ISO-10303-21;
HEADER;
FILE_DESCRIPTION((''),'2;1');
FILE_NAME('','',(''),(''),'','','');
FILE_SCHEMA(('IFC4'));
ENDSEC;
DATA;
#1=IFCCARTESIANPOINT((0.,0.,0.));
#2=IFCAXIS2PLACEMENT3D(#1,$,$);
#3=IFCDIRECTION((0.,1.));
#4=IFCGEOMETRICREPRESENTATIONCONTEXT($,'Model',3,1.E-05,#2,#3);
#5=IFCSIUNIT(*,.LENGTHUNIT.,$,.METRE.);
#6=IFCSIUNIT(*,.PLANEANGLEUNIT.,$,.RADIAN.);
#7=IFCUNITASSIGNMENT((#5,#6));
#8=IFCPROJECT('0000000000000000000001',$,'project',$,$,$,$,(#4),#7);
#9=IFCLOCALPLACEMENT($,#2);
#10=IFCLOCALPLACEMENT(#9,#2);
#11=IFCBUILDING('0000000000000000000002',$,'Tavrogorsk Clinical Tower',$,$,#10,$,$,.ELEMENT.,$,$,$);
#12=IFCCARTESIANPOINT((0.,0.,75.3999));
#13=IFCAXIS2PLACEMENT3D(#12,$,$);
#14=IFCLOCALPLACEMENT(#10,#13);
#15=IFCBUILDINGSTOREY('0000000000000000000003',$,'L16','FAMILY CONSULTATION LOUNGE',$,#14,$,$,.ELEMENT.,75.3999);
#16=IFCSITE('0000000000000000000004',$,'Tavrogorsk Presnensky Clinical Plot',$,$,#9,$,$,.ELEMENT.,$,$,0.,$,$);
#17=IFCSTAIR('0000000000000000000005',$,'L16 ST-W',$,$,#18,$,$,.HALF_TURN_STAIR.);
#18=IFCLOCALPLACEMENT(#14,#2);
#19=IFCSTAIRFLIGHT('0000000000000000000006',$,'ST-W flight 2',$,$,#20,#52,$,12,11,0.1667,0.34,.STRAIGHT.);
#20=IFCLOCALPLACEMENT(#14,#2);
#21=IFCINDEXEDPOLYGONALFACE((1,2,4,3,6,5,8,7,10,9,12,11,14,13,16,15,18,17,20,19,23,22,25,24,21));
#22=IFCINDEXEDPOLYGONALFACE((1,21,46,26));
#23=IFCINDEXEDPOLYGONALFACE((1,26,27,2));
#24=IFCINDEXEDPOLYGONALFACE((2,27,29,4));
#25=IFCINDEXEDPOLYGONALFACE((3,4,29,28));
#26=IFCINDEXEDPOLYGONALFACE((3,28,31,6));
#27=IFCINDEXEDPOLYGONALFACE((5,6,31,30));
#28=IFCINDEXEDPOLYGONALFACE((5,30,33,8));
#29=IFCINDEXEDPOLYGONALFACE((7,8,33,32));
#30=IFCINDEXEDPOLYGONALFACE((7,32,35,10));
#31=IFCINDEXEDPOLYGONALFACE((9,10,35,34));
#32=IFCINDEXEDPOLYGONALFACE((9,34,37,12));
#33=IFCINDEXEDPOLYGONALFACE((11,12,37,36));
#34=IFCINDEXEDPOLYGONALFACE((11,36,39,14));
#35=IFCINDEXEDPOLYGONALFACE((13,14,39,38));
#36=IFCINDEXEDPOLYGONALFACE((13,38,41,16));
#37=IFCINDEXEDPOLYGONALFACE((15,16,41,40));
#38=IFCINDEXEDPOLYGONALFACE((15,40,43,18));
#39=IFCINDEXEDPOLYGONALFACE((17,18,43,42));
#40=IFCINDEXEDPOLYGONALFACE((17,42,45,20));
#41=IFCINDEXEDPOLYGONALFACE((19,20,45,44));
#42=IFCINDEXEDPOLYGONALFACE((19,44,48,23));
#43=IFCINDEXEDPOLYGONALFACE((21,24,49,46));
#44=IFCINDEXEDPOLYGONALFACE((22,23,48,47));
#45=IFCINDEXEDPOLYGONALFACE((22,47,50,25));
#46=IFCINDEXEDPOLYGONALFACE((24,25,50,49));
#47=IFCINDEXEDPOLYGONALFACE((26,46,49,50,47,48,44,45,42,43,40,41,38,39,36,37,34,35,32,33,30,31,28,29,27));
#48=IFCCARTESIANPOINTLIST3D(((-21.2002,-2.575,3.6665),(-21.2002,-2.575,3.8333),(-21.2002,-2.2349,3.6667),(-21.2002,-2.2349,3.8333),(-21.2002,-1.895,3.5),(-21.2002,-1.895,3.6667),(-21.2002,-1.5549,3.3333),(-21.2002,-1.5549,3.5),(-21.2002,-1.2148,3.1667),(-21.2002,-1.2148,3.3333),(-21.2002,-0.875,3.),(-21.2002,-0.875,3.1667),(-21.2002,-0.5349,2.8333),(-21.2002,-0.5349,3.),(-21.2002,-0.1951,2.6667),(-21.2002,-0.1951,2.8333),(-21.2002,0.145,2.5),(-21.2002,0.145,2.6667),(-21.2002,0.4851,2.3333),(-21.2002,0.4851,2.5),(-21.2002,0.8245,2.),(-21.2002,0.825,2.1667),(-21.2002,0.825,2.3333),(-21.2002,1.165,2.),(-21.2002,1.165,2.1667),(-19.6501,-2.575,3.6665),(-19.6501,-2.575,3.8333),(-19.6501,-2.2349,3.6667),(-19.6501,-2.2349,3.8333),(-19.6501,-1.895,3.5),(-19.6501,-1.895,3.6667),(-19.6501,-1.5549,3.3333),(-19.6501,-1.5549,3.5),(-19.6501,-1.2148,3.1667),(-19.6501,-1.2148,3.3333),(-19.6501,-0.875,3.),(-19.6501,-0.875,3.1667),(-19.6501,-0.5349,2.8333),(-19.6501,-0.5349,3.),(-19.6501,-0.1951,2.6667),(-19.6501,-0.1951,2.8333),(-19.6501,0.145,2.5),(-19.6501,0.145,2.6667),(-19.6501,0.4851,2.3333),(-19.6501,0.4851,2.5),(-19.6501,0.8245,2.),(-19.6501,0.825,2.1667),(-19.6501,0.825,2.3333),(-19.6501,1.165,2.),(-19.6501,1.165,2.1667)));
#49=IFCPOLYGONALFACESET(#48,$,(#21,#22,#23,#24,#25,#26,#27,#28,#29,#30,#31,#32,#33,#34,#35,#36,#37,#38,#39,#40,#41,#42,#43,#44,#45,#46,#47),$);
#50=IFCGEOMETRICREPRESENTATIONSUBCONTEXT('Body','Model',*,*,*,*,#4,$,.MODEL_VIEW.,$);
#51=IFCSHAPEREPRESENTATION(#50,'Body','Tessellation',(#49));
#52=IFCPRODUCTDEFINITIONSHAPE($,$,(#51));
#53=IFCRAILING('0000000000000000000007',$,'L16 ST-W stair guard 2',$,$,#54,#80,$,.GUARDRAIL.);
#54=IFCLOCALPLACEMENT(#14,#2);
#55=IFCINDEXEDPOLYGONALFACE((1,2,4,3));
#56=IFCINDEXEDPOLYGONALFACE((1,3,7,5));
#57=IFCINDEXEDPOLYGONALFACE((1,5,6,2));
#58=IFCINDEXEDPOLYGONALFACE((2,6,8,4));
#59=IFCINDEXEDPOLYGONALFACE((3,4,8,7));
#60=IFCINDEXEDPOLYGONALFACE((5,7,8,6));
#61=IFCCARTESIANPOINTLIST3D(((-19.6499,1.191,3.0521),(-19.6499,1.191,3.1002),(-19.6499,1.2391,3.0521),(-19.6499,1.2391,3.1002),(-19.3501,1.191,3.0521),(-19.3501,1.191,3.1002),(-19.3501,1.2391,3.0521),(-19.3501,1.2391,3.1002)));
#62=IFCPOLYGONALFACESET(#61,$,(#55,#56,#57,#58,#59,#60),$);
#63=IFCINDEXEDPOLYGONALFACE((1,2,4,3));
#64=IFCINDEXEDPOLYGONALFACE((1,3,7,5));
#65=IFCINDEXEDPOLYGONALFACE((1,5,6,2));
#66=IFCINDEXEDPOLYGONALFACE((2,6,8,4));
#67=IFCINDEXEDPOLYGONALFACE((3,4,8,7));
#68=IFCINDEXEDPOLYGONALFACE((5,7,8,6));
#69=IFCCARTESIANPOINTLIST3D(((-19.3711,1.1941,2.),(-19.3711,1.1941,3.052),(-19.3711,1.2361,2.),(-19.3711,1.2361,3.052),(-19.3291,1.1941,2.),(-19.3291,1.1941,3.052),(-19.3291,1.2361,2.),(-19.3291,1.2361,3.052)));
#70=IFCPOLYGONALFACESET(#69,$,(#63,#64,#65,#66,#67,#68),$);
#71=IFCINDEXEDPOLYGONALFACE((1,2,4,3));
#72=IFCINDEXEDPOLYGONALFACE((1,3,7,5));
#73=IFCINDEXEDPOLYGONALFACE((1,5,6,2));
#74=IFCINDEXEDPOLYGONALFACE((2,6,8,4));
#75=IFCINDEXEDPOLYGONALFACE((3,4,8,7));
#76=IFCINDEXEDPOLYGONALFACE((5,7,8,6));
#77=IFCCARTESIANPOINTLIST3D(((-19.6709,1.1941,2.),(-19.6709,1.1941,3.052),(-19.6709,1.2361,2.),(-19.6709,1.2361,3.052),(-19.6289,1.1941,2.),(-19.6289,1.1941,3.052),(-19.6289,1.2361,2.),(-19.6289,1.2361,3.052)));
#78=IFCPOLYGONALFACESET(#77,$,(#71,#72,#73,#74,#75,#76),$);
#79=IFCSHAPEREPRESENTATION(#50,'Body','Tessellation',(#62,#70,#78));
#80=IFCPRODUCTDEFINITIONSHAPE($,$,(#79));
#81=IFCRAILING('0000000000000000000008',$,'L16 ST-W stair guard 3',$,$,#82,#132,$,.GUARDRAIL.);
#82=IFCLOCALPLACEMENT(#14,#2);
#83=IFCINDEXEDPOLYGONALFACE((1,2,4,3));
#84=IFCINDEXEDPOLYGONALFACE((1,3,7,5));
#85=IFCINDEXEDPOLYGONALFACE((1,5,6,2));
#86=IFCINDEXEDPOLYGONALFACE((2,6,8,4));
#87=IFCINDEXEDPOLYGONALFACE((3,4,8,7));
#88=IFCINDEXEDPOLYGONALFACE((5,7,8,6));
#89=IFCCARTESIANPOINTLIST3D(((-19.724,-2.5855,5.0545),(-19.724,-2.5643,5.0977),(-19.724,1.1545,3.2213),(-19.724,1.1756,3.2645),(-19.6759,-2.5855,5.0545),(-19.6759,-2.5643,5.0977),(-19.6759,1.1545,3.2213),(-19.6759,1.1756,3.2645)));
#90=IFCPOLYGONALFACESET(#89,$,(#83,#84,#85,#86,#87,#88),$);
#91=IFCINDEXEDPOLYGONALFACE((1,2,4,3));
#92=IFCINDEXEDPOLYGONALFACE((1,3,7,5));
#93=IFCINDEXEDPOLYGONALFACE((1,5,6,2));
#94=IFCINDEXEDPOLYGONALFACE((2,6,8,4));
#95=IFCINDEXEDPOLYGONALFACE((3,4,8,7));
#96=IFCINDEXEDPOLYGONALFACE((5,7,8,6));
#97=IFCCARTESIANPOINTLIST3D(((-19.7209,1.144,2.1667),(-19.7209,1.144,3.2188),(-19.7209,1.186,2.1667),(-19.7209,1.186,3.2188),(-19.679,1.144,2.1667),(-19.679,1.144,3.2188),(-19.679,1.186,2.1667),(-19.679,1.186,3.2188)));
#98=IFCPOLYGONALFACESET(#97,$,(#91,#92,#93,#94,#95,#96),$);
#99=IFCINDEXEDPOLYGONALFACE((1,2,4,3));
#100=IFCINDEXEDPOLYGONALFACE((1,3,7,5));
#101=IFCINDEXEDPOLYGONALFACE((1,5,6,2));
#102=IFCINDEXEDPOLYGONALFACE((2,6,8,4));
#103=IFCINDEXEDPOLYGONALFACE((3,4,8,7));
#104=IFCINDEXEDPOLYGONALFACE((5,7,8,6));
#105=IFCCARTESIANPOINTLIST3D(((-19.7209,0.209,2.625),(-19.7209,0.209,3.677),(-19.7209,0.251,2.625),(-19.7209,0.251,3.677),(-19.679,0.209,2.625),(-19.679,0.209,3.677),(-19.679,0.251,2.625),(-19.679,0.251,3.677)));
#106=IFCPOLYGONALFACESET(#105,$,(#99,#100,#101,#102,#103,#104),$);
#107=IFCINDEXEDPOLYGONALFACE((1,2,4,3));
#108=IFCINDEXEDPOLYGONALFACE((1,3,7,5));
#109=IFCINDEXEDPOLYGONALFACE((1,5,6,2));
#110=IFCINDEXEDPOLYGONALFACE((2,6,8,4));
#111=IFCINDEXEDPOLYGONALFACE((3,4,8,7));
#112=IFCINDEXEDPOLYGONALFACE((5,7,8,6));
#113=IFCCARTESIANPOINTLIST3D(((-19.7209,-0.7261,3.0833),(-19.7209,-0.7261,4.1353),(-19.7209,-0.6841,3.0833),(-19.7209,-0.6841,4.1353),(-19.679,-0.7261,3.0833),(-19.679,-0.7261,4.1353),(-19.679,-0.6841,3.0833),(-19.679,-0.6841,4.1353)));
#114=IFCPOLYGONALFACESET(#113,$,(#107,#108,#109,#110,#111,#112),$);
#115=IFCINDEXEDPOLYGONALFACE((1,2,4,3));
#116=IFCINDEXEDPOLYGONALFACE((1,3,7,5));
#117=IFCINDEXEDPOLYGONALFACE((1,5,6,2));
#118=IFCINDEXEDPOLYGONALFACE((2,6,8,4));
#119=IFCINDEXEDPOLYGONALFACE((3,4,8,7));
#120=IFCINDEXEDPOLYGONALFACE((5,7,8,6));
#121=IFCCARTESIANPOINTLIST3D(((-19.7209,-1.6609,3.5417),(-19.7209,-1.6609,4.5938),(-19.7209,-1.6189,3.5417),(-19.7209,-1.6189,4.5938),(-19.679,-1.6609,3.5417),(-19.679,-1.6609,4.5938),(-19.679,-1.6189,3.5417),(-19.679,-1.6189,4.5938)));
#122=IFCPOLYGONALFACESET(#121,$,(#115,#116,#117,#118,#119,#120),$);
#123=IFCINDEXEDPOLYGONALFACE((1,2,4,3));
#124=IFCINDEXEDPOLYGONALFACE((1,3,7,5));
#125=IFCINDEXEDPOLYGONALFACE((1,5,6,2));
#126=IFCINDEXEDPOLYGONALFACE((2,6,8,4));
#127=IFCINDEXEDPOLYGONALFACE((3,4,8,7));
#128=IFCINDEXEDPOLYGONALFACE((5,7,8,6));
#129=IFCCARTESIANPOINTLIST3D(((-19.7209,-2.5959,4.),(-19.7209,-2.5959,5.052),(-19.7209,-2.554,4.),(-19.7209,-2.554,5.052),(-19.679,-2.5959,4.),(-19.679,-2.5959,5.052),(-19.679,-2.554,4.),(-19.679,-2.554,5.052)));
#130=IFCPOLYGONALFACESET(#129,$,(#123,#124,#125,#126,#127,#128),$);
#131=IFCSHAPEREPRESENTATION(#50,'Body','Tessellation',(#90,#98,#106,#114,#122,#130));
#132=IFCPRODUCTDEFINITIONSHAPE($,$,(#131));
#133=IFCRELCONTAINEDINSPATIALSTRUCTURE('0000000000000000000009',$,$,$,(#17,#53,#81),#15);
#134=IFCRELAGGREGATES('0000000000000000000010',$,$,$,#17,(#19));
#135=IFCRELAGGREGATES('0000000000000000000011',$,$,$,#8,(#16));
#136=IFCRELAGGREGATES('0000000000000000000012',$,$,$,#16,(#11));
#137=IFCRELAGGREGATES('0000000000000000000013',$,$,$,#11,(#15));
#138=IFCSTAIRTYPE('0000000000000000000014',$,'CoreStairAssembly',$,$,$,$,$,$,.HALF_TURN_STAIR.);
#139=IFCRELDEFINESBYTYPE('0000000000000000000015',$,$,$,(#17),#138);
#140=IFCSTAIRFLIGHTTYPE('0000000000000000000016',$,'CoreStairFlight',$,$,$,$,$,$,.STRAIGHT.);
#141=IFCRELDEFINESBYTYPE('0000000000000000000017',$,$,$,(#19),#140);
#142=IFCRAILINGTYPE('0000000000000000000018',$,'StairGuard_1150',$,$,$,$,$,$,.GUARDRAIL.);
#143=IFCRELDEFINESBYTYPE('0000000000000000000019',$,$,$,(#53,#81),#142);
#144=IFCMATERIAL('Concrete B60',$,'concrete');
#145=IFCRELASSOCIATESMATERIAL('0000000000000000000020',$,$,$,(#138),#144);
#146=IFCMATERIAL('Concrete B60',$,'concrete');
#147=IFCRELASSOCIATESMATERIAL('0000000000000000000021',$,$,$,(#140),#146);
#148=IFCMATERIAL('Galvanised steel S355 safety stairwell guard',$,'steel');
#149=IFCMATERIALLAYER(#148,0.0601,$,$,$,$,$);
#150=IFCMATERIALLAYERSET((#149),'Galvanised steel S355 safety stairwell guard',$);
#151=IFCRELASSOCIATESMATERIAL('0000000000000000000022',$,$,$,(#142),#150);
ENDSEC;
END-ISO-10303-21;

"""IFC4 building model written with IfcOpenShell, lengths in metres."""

from ifc_helpers import new_model, si_unit, direction, frame, origin, origin_2d, place, context, subcontext, project, spatial, polyline, rectangle, outline, extrude, material, layer, layer_set, type_object, element, aggregate, save


model = new_model("IFC4")

# Units and contexts
model_context = context("Model", 3, precision=1e-05, world=origin(), true_north=direction((0.0, 1.0)))
body_context = subcontext(model_context, "Body", "Model", "MODEL_VIEW")
ifc_project = project(units=[si_unit("LENGTHUNIT", "METRE"), si_unit("PLANEANGLEUNIT", "RADIAN")], contexts=[model_context])

# Site, building, storey
site_placement = place(None, origin())
site = spatial("IfcSite", under=ifc_project, at=site_placement, Name="Tavrogorsk Presnensky Clinical Plot", CompositionType="ELEMENT", RefElevation=0.0)
building_placement = place(site_placement, origin())
building = spatial("IfcBuilding", under=site, at=building_placement, Name="Tavrogorsk Clinical Tower", CompositionType="ELEMENT")
storey_placement = place(building_placement, frame((0.0, 0.0, 75.3999)))
storey = spatial("IfcBuildingStorey", under=building, at=storey_placement, Name="L16", Description="FAMILY CONSULTATION LOUNGE", CompositionType="ELEMENT", Elevation=75.3999)

# Stair, stair flight
ifc_material_1 = material(Name="Concrete B60", Category="concrete")
stair_type = type_object("IfcStairType", Name="CoreStairAssembly", PredefinedType="HALF_TURN_STAIR", material=ifc_material_1)
stair_placement = place(storey_placement, origin())
stair = element("IfcStair", 1, at=stair_placement, inside=storey, type_object=stair_type, Name="L16 ST-W", PredefinedType="HALF_TURN_STAIR")
ifc_material_2 = material(Name="Concrete B60", Category="concrete")
stair_flight_type = type_object("IfcStairFlightType", Name="CoreStairFlight", PredefinedType="STRAIGHT", material=ifc_material_2)
stair_flight_placement = place(storey_placement, frame((-20.425, 1.165, 2.0), z_axis=(0.0, 0.0, 1.0), x_axis=(0.0, -1.0, 0.0)))
stair_flight = element("IfcStairFlight", 2, at=stair_flight_placement, type_object=stair_flight_type, Name="ST-W flight 2", NumberOfRisers=12, NumberOfTreads=11, PredefinedType="STRAIGHT", RiserHeight=0.1667, TreadLength=0.34, context=body_context, shape_type="SweptSolid", body=[
    extrude(outline(polyline([(0.0, 0.0), (0.0, 0.1667), (0.3401, 0.1667), (0.3401, 0.3333), (0.6799, 0.3333), (0.6799, 0.5), (1.02, 0.5), (1.02, 0.6667), (1.3601, 0.6667), (1.3601, 0.8333), (1.7, 0.8333), (1.7, 1.0), (2.04, 1.0), (2.04, 1.1667), (2.3799, 1.1667), (2.3799, 1.3333), (2.72, 1.3333), (2.72, 1.5), (3.0601, 1.5), (3.0601, 1.6667), (3.3999, 1.6667), (3.3999, 1.8333), (3.74, 1.8333), (3.74, 2.0), (3.74, 1.6665), (0.3406, 0.0), (0.0, 0.0)])), frame((0.0, 0.7749, 0.0), z_axis=(0.0, -1.0, 0.0), x_axis=(1.0, 0.0, 0.0)), (0.0, 0.0, 1.0), 1.55),
])
aggregate(stair, [stair_flight])

# Railings
ifc_material_3 = material(Name="Galvanised steel S355 safety stairwell guard", Category="steel")
ifc_layer_1 = layer(ifc_material_3, 0.0601)
ifc_layer_set_1 = layer_set([ifc_layer_1], Name="Galvanised steel S355 safety stairwell guard")
railing_type = type_object("IfcRailingType", Name="StairGuard_1150", PredefinedType="GUARDRAIL", material=ifc_layer_set_1)
railing_1_placement = place(storey_placement, frame((-19.3501, 1.2151, 2.0)))
element("IfcRailing", 3, at=railing_1_placement, inside=storey, type_object=railing_type, Name="L16 ST-W stair guard 2", PredefinedType="GUARDRAIL", context=body_context, shape_type="SweptSolid", body=[
    extrude(rectangle(XDim=0.0481, YDim=0.0481, at=origin_2d()), frame((0.0, 0.0, 1.0762), z_axis=(-1.0, 0.0, 0.0), x_axis=(0.0, -1.0, 0.0)), (0.0, 0.0, 1.0), 0.2998),
    extrude(rectangle(XDim=0.042, YDim=0.042, at=origin_2d()), origin(), (0.0, 0.0, 1.0), 1.052),
    extrude(rectangle(XDim=0.042, YDim=0.042, at=origin_2d()), frame((-0.2998, 0.0, 0.0)), (0.0, 0.0, 1.0), 1.052),
])
railing_2_placement = place(storey_placement, frame((-19.7, 1.165, 2.1667)))
element("IfcRailing", 4, at=railing_2_placement, inside=storey, type_object=railing_type, Name="L16 ST-W stair guard 3", PredefinedType="GUARDRAIL", context=body_context, shape_type="SweptSolid", body=[
    extrude(rectangle(XDim=0.0481, YDim=0.0481, at=origin_2d()), frame((0.0, 0.0, 1.0762), z_axis=(0.0, -0.897928, 0.440142), x_axis=(1.0, 0.0, 0.0)), (0.0, 0.0, 1.0), 4.165),
    extrude(rectangle(XDim=0.042, YDim=0.042, at=origin_2d()), origin(), (0.0, 0.0, 1.0), 1.052),
    extrude(rectangle(XDim=0.042, YDim=0.042, at=origin_2d()), frame((0.0, -0.9351, 0.4583)), (0.0, 0.0, 1.0), 1.052),
    extrude(rectangle(XDim=0.042, YDim=0.042, at=origin_2d()), frame((0.0, -1.8701, 0.9165)), (0.0, 0.0, 1.0), 1.052),
    extrude(rectangle(XDim=0.042, YDim=0.042, at=origin_2d()), frame((0.0, -2.8049, 1.375)), (0.0, 0.0, 1.0), 1.052),
    extrude(rectangle(XDim=0.042, YDim=0.042, at=origin_2d()), frame((0.0, -3.74, 1.8333)), (0.0, 0.0, 1.0), 1.052),
])

save(model, "model.ifc")
